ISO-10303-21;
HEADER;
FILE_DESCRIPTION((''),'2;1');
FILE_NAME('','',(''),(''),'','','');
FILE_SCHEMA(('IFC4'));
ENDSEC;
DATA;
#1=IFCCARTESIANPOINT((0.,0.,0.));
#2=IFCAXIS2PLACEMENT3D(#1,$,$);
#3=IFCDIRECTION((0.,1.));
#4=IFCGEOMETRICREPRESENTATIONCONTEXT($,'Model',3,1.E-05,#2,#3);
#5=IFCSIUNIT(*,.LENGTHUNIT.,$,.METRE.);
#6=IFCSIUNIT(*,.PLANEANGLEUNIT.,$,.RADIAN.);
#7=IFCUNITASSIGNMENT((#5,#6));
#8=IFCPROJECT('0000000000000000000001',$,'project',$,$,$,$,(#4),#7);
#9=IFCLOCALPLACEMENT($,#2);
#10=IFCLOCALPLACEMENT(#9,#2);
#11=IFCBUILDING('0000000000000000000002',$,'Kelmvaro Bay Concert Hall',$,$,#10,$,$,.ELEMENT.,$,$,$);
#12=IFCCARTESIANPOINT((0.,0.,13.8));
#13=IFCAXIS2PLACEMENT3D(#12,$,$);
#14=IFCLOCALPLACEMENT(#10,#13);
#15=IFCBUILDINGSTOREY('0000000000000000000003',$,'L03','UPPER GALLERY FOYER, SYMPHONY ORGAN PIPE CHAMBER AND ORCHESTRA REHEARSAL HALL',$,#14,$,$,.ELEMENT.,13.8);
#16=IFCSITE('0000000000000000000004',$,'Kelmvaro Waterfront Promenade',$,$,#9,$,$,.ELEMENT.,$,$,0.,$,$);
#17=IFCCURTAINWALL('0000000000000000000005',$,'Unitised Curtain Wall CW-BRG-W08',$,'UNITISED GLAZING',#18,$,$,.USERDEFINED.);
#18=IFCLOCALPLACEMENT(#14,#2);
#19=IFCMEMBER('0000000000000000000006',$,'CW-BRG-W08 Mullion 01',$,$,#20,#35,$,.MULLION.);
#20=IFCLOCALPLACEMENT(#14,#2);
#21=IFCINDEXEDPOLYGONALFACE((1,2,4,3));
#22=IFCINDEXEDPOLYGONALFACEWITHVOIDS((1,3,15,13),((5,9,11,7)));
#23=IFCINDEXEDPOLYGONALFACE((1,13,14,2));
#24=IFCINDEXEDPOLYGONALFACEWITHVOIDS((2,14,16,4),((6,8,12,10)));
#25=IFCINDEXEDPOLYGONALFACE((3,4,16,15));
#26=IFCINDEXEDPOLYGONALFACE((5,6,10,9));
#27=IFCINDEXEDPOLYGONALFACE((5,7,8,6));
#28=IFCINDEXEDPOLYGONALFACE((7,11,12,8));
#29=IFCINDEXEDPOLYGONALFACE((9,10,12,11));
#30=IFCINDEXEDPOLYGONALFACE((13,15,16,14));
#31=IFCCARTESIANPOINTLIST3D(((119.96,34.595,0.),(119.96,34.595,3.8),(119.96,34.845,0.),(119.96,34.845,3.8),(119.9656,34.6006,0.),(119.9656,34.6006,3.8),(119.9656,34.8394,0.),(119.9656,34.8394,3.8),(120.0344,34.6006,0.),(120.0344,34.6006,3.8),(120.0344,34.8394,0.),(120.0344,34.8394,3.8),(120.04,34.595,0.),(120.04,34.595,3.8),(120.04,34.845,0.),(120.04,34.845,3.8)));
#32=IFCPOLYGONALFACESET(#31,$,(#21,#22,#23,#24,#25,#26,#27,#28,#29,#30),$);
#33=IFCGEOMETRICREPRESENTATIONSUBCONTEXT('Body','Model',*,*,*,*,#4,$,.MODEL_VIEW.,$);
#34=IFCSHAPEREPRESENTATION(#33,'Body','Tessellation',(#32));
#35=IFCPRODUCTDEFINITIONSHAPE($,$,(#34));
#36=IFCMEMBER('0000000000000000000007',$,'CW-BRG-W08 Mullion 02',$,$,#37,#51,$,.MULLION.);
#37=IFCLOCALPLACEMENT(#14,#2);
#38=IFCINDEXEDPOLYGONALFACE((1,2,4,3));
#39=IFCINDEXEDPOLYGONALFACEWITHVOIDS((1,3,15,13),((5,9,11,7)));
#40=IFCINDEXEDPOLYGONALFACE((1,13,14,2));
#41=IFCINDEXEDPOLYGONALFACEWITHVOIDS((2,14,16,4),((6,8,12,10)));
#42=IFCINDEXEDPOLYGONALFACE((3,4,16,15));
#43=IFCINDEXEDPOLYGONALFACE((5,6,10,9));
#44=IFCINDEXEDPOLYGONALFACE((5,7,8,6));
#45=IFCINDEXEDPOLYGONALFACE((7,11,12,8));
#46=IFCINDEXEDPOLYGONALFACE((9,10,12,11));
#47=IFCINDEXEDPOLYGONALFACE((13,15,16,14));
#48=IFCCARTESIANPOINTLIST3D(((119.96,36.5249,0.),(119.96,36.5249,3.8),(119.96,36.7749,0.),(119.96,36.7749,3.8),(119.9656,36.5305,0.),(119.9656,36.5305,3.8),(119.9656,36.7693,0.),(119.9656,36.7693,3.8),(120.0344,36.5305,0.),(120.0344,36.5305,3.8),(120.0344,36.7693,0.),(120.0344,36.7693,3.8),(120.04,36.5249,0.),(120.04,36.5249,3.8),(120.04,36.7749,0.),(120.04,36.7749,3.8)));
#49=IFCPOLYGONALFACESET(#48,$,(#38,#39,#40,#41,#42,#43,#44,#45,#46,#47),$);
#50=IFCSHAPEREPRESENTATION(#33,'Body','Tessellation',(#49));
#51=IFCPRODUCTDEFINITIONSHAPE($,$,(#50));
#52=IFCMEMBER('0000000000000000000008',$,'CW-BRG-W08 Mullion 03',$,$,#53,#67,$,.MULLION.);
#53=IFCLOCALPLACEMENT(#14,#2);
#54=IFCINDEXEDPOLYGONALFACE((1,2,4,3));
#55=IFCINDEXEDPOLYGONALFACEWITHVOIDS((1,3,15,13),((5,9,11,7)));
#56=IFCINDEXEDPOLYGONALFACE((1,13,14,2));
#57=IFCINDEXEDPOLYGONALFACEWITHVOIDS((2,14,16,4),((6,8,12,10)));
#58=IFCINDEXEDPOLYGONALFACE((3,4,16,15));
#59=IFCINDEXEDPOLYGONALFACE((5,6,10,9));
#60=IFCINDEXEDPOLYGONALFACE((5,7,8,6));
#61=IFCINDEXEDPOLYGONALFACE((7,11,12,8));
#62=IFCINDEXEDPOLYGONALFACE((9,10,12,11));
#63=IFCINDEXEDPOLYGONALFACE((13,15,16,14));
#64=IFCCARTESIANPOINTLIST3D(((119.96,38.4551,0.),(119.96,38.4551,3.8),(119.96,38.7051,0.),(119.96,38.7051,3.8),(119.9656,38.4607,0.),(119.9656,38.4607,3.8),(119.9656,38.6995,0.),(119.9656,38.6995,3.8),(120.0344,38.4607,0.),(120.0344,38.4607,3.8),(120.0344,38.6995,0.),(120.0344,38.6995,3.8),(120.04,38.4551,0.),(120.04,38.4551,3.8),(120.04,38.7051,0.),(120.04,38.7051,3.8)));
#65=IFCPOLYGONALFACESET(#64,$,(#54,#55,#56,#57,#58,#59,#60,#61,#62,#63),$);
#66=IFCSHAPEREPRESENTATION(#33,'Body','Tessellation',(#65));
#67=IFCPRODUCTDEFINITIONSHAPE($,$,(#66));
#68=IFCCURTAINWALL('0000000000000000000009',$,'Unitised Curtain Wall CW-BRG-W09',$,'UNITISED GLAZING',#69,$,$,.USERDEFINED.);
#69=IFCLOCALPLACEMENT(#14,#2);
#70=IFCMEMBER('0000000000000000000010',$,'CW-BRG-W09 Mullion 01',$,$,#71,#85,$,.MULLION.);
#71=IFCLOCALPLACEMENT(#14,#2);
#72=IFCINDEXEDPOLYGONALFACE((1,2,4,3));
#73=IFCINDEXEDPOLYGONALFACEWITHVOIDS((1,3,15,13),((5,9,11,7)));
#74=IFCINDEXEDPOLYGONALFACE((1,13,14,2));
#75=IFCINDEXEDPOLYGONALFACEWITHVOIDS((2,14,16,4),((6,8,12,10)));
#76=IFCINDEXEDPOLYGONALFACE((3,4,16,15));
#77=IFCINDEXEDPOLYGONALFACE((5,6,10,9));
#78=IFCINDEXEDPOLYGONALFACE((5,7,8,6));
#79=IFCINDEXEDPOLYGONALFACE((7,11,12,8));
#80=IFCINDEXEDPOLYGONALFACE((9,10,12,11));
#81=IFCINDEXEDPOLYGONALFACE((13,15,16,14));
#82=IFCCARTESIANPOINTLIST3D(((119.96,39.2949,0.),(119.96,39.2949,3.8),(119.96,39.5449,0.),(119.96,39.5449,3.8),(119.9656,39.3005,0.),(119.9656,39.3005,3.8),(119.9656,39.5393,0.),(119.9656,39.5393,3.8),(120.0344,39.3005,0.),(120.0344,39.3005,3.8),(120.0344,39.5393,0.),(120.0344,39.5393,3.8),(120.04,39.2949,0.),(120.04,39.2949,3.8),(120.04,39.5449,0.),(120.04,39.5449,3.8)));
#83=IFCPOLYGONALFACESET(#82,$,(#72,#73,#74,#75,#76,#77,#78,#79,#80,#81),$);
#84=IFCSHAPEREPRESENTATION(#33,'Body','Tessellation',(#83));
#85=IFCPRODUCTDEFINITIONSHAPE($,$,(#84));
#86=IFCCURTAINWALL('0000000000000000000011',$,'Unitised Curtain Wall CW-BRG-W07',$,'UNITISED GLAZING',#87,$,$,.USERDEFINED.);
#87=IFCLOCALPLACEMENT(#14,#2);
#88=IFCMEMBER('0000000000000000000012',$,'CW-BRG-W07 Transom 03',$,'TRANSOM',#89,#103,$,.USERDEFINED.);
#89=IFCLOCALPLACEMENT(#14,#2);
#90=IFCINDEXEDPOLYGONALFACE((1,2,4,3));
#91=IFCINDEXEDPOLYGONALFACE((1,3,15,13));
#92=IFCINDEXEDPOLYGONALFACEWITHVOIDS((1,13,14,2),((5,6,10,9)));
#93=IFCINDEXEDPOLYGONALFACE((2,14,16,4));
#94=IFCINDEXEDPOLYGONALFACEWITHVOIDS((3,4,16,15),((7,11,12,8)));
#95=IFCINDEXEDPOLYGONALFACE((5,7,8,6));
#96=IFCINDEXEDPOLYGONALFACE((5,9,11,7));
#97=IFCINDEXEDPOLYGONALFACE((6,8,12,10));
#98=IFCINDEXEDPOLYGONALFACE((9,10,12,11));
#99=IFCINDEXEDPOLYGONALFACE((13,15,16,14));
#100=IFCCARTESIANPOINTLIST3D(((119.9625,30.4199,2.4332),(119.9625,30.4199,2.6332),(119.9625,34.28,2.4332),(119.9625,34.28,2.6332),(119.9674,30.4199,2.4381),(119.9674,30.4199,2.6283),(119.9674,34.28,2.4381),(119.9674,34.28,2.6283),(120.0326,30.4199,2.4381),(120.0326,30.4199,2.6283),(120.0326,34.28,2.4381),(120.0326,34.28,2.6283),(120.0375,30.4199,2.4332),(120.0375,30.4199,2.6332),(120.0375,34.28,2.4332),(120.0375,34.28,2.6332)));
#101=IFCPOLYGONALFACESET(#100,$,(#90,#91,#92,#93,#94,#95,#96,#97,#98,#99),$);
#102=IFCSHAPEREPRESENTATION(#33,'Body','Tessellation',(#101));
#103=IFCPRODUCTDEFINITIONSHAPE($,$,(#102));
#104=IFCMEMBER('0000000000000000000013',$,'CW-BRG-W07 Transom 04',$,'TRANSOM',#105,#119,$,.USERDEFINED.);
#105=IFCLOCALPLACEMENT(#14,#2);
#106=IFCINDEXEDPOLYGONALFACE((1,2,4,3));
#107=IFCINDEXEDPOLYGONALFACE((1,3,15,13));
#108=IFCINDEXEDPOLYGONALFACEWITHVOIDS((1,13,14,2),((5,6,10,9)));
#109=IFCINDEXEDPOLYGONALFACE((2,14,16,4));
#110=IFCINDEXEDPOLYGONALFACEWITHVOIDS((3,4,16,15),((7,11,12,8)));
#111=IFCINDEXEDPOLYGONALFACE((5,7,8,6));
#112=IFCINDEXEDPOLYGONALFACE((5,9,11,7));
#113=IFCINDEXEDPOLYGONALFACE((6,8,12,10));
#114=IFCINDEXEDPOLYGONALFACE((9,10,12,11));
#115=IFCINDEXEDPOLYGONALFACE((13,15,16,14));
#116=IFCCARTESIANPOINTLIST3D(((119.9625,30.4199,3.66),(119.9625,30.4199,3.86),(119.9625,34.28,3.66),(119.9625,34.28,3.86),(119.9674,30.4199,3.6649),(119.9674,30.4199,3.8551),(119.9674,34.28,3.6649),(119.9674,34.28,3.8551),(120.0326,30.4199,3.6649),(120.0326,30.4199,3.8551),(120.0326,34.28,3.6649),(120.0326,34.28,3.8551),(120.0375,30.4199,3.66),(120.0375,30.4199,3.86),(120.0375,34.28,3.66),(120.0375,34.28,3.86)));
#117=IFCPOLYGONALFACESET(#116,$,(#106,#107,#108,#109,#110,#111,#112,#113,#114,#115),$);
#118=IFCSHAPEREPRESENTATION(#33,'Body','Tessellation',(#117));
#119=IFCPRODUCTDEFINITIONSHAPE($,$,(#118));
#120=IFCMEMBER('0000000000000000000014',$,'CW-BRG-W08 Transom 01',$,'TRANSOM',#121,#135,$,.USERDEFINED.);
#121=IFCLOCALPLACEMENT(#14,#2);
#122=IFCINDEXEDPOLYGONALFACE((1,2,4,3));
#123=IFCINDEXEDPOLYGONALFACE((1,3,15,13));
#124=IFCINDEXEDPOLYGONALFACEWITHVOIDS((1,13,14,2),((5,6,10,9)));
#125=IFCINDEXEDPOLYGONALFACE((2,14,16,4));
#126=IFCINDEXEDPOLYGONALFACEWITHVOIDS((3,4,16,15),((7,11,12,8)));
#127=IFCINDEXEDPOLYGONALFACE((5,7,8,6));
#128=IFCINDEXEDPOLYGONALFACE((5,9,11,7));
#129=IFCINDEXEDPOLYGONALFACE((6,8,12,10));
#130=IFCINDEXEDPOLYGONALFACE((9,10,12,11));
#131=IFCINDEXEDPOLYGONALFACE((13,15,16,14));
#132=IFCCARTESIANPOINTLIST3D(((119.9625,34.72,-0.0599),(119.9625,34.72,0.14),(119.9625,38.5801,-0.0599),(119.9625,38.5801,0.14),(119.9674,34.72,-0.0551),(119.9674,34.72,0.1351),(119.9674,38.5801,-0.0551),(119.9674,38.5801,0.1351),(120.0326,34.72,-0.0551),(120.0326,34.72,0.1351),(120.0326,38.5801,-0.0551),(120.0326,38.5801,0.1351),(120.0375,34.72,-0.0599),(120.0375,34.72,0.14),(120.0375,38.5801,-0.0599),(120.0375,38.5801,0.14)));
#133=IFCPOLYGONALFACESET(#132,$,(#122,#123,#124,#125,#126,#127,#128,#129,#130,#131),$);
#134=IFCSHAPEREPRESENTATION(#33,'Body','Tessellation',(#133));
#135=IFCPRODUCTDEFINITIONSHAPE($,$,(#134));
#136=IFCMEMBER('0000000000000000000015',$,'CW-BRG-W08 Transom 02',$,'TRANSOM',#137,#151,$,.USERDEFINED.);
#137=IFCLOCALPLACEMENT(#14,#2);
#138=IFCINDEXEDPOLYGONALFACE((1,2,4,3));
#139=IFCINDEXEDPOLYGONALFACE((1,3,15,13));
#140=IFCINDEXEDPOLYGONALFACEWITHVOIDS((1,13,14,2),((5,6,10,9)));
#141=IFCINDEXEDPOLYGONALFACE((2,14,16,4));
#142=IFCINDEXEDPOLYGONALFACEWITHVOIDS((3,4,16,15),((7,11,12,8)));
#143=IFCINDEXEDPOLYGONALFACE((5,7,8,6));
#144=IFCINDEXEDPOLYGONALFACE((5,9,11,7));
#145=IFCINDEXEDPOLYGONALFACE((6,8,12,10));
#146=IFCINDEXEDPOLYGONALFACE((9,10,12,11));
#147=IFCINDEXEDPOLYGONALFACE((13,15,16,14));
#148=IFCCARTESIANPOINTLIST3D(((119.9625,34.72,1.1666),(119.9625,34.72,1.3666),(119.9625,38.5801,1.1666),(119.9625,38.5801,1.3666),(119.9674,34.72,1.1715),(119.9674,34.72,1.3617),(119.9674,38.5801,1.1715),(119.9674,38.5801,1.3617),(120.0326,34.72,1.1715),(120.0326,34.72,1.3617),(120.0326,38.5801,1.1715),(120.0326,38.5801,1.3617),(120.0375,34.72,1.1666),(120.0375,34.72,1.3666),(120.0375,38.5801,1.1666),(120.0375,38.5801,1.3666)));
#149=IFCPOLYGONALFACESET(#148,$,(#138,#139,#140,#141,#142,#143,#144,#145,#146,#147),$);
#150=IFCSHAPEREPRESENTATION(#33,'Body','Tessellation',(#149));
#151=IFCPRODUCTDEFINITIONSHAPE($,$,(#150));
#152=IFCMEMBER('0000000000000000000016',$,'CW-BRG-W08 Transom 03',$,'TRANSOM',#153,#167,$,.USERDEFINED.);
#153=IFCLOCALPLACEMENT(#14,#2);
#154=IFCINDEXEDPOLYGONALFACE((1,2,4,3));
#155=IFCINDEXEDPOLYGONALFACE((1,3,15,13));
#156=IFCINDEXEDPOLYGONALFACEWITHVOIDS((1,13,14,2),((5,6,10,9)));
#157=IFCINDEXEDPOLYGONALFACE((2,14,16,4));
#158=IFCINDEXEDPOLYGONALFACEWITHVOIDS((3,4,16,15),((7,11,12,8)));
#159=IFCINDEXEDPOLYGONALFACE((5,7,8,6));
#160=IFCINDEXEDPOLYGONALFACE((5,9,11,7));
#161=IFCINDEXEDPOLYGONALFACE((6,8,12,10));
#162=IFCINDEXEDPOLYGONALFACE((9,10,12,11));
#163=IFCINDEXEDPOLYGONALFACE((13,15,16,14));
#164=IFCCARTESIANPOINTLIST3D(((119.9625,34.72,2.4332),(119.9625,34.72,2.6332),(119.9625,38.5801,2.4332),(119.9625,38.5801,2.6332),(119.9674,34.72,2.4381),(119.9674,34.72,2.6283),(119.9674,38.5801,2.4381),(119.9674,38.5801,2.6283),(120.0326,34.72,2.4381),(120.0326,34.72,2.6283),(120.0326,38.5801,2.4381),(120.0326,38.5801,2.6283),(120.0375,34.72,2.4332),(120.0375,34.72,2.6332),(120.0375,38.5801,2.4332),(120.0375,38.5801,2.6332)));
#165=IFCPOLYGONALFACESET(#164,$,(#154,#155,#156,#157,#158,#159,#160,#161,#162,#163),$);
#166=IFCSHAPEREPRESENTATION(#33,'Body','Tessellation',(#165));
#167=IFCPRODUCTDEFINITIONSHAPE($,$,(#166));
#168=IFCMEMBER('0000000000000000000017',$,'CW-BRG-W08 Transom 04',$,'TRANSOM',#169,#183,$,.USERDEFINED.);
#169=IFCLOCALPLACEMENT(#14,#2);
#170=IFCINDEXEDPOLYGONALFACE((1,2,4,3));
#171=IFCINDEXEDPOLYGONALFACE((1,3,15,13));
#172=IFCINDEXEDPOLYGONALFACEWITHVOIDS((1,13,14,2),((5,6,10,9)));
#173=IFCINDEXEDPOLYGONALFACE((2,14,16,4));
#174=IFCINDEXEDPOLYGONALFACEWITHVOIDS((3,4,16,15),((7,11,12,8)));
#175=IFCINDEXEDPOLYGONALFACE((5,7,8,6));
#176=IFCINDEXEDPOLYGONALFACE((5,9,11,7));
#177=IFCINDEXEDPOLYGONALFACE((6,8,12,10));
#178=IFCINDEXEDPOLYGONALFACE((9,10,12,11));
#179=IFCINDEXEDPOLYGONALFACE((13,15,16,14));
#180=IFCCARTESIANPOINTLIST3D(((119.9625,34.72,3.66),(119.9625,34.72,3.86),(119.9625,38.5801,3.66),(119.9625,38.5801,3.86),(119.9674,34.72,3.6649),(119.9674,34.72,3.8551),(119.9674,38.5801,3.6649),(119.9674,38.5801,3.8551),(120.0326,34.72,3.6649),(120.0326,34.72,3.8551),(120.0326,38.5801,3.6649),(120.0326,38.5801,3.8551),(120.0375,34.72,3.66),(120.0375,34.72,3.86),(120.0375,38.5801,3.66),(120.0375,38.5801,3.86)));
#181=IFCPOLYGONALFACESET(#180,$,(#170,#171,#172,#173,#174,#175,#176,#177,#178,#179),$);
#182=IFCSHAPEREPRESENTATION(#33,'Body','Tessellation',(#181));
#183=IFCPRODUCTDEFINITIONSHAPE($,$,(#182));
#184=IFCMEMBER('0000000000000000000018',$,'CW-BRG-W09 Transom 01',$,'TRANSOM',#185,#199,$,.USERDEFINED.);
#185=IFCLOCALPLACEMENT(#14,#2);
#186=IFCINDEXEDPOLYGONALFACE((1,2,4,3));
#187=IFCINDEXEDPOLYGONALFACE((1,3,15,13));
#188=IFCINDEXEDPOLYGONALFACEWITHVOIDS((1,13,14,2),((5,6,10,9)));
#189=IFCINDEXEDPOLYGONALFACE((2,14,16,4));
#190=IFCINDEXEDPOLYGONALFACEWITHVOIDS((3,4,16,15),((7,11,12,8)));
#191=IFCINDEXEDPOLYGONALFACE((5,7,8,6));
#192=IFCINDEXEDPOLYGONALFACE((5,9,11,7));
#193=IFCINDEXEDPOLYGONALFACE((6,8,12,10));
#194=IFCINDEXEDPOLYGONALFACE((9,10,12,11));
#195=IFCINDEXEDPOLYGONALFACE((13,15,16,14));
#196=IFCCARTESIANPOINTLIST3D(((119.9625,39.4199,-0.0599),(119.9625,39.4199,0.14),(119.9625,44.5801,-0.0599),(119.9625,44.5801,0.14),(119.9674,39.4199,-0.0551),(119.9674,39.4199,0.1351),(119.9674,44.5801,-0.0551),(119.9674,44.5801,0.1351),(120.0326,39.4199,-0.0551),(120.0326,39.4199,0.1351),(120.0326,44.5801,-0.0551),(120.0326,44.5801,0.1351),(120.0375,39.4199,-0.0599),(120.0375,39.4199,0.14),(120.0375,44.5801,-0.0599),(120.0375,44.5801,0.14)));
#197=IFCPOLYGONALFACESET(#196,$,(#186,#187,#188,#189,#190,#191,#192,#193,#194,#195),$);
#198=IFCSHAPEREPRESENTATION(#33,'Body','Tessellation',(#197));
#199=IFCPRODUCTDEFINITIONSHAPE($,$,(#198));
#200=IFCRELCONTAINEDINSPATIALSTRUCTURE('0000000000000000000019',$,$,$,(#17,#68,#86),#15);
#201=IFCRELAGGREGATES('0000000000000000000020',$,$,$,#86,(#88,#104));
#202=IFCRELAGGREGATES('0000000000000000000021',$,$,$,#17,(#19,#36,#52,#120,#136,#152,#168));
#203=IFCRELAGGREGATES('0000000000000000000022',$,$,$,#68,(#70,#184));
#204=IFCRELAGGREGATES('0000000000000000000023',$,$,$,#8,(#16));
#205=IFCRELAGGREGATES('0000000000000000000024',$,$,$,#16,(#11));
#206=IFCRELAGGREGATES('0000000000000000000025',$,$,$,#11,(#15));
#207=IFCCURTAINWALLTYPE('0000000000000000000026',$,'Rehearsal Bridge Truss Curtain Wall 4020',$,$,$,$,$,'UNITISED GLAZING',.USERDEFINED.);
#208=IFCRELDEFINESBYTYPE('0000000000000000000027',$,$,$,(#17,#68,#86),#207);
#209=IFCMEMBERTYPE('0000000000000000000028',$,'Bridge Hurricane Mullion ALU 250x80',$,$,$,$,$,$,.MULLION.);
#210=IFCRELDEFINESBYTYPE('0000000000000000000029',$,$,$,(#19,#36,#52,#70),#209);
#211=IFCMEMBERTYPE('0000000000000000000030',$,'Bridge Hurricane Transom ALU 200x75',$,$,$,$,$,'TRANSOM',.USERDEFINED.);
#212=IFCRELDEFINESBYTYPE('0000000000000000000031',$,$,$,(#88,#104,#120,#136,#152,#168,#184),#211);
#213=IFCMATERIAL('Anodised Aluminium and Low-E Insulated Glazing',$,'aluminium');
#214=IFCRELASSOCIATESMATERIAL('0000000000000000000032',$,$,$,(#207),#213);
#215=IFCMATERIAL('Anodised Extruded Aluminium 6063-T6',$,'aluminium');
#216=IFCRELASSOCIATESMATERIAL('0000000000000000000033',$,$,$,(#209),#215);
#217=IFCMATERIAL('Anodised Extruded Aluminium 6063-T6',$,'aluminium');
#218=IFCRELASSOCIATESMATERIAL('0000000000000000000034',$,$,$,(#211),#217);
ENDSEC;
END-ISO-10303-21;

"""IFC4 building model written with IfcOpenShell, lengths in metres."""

from ifc_helpers import new_model, si_unit, direction, frame, origin, origin_2d, place, context, subcontext, project, spatial, hollow_rectangle, extrude, material, material_profile, profile_set, type_object, element, aggregate, save


model = new_model("IFC4")

# Units and contexts
model_context = context("Model", 3, precision=1e-05, world=origin(), true_north=direction((0.0, 1.0)))
body_context = subcontext(model_context, "Body", "Model", "MODEL_VIEW")
ifc_project = project(units=[si_unit("LENGTHUNIT", "METRE"), si_unit("PLANEANGLEUNIT", "RADIAN")], contexts=[model_context])

# Site, building, storey
site_placement = place(None, origin())
site = spatial("IfcSite", under=ifc_project, at=site_placement, Name="Kelmvaro Waterfront Promenade", CompositionType="ELEMENT", RefElevation=0.0)
building_placement = place(site_placement, origin())
building = spatial("IfcBuilding", under=site, at=building_placement, Name="Kelmvaro Bay Concert Hall", CompositionType="ELEMENT")
storey_placement = place(building_placement, frame((0.0, 0.0, 13.8)))
storey = spatial("IfcBuildingStorey", under=building, at=storey_placement, Name="L03", Description="UPPER GALLERY FOYER, SYMPHONY ORGAN PIPE CHAMBER AND ORCHESTRA REHEARSAL HALL", CompositionType="ELEMENT", Elevation=13.8)

# Curtain wall, members
ifc_material_1 = material(Name="Anodised Aluminium and Low-E Insulated Glazing", Category="aluminium")
curtain_wall_type = type_object("IfcCurtainWallType", Name="Rehearsal Bridge Truss Curtain Wall 4020", ElementType="UNITISED GLAZING", PredefinedType="USERDEFINED", material=ifc_material_1)
curtain_wall_1_placement = place(storey_placement, origin())
curtain_wall_1 = element("IfcCurtainWall", 1, at=curtain_wall_1_placement, inside=storey, type_object=curtain_wall_type, Name="Unitised Curtain Wall CW-BRG-W08", ObjectType="UNITISED GLAZING", PredefinedType="USERDEFINED")
ifc_material_2 = material(Name="Anodised Extruded Aluminium 6063-T6", Category="aluminium")
ifc_material_profile_1 = material_profile(ifc_material_2, hollow_rectangle(XDim=0.0801, YDim=0.25, WallThickness=0.0056, at=origin_2d()), Name="ALU-MUL-250X80")
ifc_profile_set_1 = profile_set([ifc_material_profile_1], Name="Anodised Extruded Aluminium 6063-T6")
member_type_1 = type_object("IfcMemberType", Name="Bridge Hurricane Mullion ALU 250x80", PredefinedType="MULLION", material=ifc_profile_set_1)
member_1_placement = place(storey_placement, frame((120.0, 34.72, 0.0), z_axis=(0.0, 0.0, 1.0), x_axis=(1.0, 0.0, 0.0)))
member_1 = element("IfcMember", 2, at=member_1_placement, type_object=member_type_1, Name="CW-BRG-W08 Mullion 01", PredefinedType="MULLION", context=body_context, shape_type="SweptSolid", body=[
    extrude(hollow_rectangle(XDim=0.0801, YDim=0.25, WallThickness=0.0056, at=origin_2d()), origin(), (0.0, 0.0, 1.0), 3.8),
])
member_2_placement = place(storey_placement, frame((120.0, 36.6499, 0.0), z_axis=(0.0, 0.0, 1.0), x_axis=(1.0, 0.0, 0.0)))
member_2 = element("IfcMember", 3, at=member_2_placement, type_object=member_type_1, Name="CW-BRG-W08 Mullion 02", PredefinedType="MULLION", context=body_context, shape_type="SweptSolid", body=[
    extrude(hollow_rectangle(XDim=0.0801, YDim=0.25, WallThickness=0.0056, at=origin_2d()), origin(), (0.0, 0.0, 1.0), 3.8),
])
member_3_placement = place(storey_placement, frame((120.0, 38.5801, 0.0), z_axis=(0.0, 0.0, 1.0), x_axis=(1.0, 0.0, 0.0)))
member_3 = element("IfcMember", 4, at=member_3_placement, type_object=member_type_1, Name="CW-BRG-W08 Mullion 03", PredefinedType="MULLION", context=body_context, shape_type="SweptSolid", body=[
    extrude(hollow_rectangle(XDim=0.0801, YDim=0.25, WallThickness=0.0056, at=origin_2d()), origin(), (0.0, 0.0, 1.0), 3.8),
])

# Curtain wall, member
curtain_wall_2_placement = place(storey_placement, origin())
curtain_wall_2 = element("IfcCurtainWall", 5, at=curtain_wall_2_placement, inside=storey, type_object=curtain_wall_type, Name="Unitised Curtain Wall CW-BRG-W09", ObjectType="UNITISED GLAZING", PredefinedType="USERDEFINED")
member_4_placement = place(storey_placement, frame((120.0, 39.4199, 0.0), z_axis=(0.0, 0.0, 1.0), x_axis=(1.0, 0.0, 0.0)))
member_4 = element("IfcMember", 6, at=member_4_placement, type_object=member_type_1, Name="CW-BRG-W09 Mullion 01", PredefinedType="MULLION", context=body_context, shape_type="SweptSolid", body=[
    extrude(hollow_rectangle(XDim=0.0801, YDim=0.25, WallThickness=0.0056, at=origin_2d()), origin(), (0.0, 0.0, 1.0), 3.8),
])

# Curtain wall, members
curtain_wall_3_placement = place(storey_placement, origin())
curtain_wall_3 = element("IfcCurtainWall", 7, at=curtain_wall_3_placement, inside=storey, type_object=curtain_wall_type, Name="Unitised Curtain Wall CW-BRG-W07", ObjectType="UNITISED GLAZING", PredefinedType="USERDEFINED")
ifc_material_3 = material(Name="Anodised Extruded Aluminium 6063-T6", Category="aluminium")
ifc_material_profile_2 = material_profile(ifc_material_3, hollow_rectangle(XDim=0.075, YDim=0.2, WallThickness=0.0049, at=origin_2d()), Name="ALU-TRN-200X75")
ifc_profile_set_2 = profile_set([ifc_material_profile_2], Name="Anodised Extruded Aluminium 6063-T6")
member_type_2 = type_object("IfcMemberType", Name="Bridge Hurricane Transom ALU 200x75", ElementType="TRANSOM", PredefinedType="USERDEFINED", material=ifc_profile_set_2)
member_5_placement = place(storey_placement, frame((120.0, 30.4199, 2.5332), z_axis=(0.0, 1.0, 0.0), x_axis=(-1.0, 0.0, 0.0)))
member_5 = element("IfcMember", 8, at=member_5_placement, type_object=member_type_2, Name="CW-BRG-W07 Transom 03", ObjectType="TRANSOM", PredefinedType="USERDEFINED", context=body_context, shape_type="SweptSolid", body=[
    extrude(hollow_rectangle(XDim=0.075, YDim=0.2, WallThickness=0.0049, at=origin_2d()), origin(), (0.0, 0.0, 1.0), 3.8601),
])
member_6_placement = place(storey_placement, frame((120.0, 30.4199, 3.76), z_axis=(0.0, 1.0, 0.0), x_axis=(-1.0, 0.0, 0.0)))
member_6 = element("IfcMember", 9, at=member_6_placement, type_object=member_type_2, Name="CW-BRG-W07 Transom 04", ObjectType="TRANSOM", PredefinedType="USERDEFINED", context=body_context, shape_type="SweptSolid", body=[
    extrude(hollow_rectangle(XDim=0.075, YDim=0.2, WallThickness=0.0049, at=origin_2d()), origin(), (0.0, 0.0, 1.0), 3.8601),
])

# Members
member_7_placement = place(storey_placement, frame((120.0, 34.72, 0.04), z_axis=(0.0, 1.0, 0.0), x_axis=(-1.0, 0.0, 0.0)))
member_7 = element("IfcMember", 10, at=member_7_placement, type_object=member_type_2, Name="CW-BRG-W08 Transom 01", ObjectType="TRANSOM", PredefinedType="USERDEFINED", context=body_context, shape_type="SweptSolid", body=[
    extrude(hollow_rectangle(XDim=0.075, YDim=0.2, WallThickness=0.0049, at=origin_2d()), origin(), (0.0, 0.0, 1.0), 3.8601),
])
member_8_placement = place(storey_placement, frame((120.0, 34.72, 1.2666), z_axis=(0.0, 1.0, 0.0), x_axis=(-1.0, 0.0, 0.0)))
member_8 = element("IfcMember", 11, at=member_8_placement, type_object=member_type_2, Name="CW-BRG-W08 Transom 02", ObjectType="TRANSOM", PredefinedType="USERDEFINED", context=body_context, shape_type="SweptSolid", body=[
    extrude(hollow_rectangle(XDim=0.075, YDim=0.2, WallThickness=0.0049, at=origin_2d()), origin(), (0.0, 0.0, 1.0), 3.8601),
])
member_9_placement = place(storey_placement, frame((120.0, 34.72, 2.5332), z_axis=(0.0, 1.0, 0.0), x_axis=(-1.0, 0.0, 0.0)))
member_9 = element("IfcMember", 12, at=member_9_placement, type_object=member_type_2, Name="CW-BRG-W08 Transom 03", ObjectType="TRANSOM", PredefinedType="USERDEFINED", context=body_context, shape_type="SweptSolid", body=[
    extrude(hollow_rectangle(XDim=0.075, YDim=0.2, WallThickness=0.0049, at=origin_2d()), origin(), (0.0, 0.0, 1.0), 3.8601),
])
member_10_placement = place(storey_placement, frame((120.0, 34.72, 3.76), z_axis=(0.0, 1.0, 0.0), x_axis=(-1.0, 0.0, 0.0)))
member_10 = element("IfcMember", 13, at=member_10_placement, type_object=member_type_2, Name="CW-BRG-W08 Transom 04", ObjectType="TRANSOM", PredefinedType="USERDEFINED", context=body_context, shape_type="SweptSolid", body=[
    extrude(hollow_rectangle(XDim=0.075, YDim=0.2, WallThickness=0.0049, at=origin_2d()), origin(), (0.0, 0.0, 1.0), 3.8601),
])
member_11_placement = place(storey_placement, frame((120.0, 39.4199, 0.04), z_axis=(0.0, 1.0, 0.0), x_axis=(-1.0, 0.0, 0.0)))
member_11 = element("IfcMember", 14, at=member_11_placement, type_object=member_type_2, Name="CW-BRG-W09 Transom 01", ObjectType="TRANSOM", PredefinedType="USERDEFINED", context=body_context, shape_type="SweptSolid", body=[
    extrude(hollow_rectangle(XDim=0.075, YDim=0.2, WallThickness=0.0049, at=origin_2d()), origin(), (0.0, 0.0, 1.0), 5.1602),
])

aggregate(curtain_wall_3, [member_5, member_6])
aggregate(curtain_wall_1, [member_1, member_2, member_3, member_7, member_8, member_9, member_10])
aggregate(curtain_wall_2, [member_4, member_11])

save(model, "model.ifc")
